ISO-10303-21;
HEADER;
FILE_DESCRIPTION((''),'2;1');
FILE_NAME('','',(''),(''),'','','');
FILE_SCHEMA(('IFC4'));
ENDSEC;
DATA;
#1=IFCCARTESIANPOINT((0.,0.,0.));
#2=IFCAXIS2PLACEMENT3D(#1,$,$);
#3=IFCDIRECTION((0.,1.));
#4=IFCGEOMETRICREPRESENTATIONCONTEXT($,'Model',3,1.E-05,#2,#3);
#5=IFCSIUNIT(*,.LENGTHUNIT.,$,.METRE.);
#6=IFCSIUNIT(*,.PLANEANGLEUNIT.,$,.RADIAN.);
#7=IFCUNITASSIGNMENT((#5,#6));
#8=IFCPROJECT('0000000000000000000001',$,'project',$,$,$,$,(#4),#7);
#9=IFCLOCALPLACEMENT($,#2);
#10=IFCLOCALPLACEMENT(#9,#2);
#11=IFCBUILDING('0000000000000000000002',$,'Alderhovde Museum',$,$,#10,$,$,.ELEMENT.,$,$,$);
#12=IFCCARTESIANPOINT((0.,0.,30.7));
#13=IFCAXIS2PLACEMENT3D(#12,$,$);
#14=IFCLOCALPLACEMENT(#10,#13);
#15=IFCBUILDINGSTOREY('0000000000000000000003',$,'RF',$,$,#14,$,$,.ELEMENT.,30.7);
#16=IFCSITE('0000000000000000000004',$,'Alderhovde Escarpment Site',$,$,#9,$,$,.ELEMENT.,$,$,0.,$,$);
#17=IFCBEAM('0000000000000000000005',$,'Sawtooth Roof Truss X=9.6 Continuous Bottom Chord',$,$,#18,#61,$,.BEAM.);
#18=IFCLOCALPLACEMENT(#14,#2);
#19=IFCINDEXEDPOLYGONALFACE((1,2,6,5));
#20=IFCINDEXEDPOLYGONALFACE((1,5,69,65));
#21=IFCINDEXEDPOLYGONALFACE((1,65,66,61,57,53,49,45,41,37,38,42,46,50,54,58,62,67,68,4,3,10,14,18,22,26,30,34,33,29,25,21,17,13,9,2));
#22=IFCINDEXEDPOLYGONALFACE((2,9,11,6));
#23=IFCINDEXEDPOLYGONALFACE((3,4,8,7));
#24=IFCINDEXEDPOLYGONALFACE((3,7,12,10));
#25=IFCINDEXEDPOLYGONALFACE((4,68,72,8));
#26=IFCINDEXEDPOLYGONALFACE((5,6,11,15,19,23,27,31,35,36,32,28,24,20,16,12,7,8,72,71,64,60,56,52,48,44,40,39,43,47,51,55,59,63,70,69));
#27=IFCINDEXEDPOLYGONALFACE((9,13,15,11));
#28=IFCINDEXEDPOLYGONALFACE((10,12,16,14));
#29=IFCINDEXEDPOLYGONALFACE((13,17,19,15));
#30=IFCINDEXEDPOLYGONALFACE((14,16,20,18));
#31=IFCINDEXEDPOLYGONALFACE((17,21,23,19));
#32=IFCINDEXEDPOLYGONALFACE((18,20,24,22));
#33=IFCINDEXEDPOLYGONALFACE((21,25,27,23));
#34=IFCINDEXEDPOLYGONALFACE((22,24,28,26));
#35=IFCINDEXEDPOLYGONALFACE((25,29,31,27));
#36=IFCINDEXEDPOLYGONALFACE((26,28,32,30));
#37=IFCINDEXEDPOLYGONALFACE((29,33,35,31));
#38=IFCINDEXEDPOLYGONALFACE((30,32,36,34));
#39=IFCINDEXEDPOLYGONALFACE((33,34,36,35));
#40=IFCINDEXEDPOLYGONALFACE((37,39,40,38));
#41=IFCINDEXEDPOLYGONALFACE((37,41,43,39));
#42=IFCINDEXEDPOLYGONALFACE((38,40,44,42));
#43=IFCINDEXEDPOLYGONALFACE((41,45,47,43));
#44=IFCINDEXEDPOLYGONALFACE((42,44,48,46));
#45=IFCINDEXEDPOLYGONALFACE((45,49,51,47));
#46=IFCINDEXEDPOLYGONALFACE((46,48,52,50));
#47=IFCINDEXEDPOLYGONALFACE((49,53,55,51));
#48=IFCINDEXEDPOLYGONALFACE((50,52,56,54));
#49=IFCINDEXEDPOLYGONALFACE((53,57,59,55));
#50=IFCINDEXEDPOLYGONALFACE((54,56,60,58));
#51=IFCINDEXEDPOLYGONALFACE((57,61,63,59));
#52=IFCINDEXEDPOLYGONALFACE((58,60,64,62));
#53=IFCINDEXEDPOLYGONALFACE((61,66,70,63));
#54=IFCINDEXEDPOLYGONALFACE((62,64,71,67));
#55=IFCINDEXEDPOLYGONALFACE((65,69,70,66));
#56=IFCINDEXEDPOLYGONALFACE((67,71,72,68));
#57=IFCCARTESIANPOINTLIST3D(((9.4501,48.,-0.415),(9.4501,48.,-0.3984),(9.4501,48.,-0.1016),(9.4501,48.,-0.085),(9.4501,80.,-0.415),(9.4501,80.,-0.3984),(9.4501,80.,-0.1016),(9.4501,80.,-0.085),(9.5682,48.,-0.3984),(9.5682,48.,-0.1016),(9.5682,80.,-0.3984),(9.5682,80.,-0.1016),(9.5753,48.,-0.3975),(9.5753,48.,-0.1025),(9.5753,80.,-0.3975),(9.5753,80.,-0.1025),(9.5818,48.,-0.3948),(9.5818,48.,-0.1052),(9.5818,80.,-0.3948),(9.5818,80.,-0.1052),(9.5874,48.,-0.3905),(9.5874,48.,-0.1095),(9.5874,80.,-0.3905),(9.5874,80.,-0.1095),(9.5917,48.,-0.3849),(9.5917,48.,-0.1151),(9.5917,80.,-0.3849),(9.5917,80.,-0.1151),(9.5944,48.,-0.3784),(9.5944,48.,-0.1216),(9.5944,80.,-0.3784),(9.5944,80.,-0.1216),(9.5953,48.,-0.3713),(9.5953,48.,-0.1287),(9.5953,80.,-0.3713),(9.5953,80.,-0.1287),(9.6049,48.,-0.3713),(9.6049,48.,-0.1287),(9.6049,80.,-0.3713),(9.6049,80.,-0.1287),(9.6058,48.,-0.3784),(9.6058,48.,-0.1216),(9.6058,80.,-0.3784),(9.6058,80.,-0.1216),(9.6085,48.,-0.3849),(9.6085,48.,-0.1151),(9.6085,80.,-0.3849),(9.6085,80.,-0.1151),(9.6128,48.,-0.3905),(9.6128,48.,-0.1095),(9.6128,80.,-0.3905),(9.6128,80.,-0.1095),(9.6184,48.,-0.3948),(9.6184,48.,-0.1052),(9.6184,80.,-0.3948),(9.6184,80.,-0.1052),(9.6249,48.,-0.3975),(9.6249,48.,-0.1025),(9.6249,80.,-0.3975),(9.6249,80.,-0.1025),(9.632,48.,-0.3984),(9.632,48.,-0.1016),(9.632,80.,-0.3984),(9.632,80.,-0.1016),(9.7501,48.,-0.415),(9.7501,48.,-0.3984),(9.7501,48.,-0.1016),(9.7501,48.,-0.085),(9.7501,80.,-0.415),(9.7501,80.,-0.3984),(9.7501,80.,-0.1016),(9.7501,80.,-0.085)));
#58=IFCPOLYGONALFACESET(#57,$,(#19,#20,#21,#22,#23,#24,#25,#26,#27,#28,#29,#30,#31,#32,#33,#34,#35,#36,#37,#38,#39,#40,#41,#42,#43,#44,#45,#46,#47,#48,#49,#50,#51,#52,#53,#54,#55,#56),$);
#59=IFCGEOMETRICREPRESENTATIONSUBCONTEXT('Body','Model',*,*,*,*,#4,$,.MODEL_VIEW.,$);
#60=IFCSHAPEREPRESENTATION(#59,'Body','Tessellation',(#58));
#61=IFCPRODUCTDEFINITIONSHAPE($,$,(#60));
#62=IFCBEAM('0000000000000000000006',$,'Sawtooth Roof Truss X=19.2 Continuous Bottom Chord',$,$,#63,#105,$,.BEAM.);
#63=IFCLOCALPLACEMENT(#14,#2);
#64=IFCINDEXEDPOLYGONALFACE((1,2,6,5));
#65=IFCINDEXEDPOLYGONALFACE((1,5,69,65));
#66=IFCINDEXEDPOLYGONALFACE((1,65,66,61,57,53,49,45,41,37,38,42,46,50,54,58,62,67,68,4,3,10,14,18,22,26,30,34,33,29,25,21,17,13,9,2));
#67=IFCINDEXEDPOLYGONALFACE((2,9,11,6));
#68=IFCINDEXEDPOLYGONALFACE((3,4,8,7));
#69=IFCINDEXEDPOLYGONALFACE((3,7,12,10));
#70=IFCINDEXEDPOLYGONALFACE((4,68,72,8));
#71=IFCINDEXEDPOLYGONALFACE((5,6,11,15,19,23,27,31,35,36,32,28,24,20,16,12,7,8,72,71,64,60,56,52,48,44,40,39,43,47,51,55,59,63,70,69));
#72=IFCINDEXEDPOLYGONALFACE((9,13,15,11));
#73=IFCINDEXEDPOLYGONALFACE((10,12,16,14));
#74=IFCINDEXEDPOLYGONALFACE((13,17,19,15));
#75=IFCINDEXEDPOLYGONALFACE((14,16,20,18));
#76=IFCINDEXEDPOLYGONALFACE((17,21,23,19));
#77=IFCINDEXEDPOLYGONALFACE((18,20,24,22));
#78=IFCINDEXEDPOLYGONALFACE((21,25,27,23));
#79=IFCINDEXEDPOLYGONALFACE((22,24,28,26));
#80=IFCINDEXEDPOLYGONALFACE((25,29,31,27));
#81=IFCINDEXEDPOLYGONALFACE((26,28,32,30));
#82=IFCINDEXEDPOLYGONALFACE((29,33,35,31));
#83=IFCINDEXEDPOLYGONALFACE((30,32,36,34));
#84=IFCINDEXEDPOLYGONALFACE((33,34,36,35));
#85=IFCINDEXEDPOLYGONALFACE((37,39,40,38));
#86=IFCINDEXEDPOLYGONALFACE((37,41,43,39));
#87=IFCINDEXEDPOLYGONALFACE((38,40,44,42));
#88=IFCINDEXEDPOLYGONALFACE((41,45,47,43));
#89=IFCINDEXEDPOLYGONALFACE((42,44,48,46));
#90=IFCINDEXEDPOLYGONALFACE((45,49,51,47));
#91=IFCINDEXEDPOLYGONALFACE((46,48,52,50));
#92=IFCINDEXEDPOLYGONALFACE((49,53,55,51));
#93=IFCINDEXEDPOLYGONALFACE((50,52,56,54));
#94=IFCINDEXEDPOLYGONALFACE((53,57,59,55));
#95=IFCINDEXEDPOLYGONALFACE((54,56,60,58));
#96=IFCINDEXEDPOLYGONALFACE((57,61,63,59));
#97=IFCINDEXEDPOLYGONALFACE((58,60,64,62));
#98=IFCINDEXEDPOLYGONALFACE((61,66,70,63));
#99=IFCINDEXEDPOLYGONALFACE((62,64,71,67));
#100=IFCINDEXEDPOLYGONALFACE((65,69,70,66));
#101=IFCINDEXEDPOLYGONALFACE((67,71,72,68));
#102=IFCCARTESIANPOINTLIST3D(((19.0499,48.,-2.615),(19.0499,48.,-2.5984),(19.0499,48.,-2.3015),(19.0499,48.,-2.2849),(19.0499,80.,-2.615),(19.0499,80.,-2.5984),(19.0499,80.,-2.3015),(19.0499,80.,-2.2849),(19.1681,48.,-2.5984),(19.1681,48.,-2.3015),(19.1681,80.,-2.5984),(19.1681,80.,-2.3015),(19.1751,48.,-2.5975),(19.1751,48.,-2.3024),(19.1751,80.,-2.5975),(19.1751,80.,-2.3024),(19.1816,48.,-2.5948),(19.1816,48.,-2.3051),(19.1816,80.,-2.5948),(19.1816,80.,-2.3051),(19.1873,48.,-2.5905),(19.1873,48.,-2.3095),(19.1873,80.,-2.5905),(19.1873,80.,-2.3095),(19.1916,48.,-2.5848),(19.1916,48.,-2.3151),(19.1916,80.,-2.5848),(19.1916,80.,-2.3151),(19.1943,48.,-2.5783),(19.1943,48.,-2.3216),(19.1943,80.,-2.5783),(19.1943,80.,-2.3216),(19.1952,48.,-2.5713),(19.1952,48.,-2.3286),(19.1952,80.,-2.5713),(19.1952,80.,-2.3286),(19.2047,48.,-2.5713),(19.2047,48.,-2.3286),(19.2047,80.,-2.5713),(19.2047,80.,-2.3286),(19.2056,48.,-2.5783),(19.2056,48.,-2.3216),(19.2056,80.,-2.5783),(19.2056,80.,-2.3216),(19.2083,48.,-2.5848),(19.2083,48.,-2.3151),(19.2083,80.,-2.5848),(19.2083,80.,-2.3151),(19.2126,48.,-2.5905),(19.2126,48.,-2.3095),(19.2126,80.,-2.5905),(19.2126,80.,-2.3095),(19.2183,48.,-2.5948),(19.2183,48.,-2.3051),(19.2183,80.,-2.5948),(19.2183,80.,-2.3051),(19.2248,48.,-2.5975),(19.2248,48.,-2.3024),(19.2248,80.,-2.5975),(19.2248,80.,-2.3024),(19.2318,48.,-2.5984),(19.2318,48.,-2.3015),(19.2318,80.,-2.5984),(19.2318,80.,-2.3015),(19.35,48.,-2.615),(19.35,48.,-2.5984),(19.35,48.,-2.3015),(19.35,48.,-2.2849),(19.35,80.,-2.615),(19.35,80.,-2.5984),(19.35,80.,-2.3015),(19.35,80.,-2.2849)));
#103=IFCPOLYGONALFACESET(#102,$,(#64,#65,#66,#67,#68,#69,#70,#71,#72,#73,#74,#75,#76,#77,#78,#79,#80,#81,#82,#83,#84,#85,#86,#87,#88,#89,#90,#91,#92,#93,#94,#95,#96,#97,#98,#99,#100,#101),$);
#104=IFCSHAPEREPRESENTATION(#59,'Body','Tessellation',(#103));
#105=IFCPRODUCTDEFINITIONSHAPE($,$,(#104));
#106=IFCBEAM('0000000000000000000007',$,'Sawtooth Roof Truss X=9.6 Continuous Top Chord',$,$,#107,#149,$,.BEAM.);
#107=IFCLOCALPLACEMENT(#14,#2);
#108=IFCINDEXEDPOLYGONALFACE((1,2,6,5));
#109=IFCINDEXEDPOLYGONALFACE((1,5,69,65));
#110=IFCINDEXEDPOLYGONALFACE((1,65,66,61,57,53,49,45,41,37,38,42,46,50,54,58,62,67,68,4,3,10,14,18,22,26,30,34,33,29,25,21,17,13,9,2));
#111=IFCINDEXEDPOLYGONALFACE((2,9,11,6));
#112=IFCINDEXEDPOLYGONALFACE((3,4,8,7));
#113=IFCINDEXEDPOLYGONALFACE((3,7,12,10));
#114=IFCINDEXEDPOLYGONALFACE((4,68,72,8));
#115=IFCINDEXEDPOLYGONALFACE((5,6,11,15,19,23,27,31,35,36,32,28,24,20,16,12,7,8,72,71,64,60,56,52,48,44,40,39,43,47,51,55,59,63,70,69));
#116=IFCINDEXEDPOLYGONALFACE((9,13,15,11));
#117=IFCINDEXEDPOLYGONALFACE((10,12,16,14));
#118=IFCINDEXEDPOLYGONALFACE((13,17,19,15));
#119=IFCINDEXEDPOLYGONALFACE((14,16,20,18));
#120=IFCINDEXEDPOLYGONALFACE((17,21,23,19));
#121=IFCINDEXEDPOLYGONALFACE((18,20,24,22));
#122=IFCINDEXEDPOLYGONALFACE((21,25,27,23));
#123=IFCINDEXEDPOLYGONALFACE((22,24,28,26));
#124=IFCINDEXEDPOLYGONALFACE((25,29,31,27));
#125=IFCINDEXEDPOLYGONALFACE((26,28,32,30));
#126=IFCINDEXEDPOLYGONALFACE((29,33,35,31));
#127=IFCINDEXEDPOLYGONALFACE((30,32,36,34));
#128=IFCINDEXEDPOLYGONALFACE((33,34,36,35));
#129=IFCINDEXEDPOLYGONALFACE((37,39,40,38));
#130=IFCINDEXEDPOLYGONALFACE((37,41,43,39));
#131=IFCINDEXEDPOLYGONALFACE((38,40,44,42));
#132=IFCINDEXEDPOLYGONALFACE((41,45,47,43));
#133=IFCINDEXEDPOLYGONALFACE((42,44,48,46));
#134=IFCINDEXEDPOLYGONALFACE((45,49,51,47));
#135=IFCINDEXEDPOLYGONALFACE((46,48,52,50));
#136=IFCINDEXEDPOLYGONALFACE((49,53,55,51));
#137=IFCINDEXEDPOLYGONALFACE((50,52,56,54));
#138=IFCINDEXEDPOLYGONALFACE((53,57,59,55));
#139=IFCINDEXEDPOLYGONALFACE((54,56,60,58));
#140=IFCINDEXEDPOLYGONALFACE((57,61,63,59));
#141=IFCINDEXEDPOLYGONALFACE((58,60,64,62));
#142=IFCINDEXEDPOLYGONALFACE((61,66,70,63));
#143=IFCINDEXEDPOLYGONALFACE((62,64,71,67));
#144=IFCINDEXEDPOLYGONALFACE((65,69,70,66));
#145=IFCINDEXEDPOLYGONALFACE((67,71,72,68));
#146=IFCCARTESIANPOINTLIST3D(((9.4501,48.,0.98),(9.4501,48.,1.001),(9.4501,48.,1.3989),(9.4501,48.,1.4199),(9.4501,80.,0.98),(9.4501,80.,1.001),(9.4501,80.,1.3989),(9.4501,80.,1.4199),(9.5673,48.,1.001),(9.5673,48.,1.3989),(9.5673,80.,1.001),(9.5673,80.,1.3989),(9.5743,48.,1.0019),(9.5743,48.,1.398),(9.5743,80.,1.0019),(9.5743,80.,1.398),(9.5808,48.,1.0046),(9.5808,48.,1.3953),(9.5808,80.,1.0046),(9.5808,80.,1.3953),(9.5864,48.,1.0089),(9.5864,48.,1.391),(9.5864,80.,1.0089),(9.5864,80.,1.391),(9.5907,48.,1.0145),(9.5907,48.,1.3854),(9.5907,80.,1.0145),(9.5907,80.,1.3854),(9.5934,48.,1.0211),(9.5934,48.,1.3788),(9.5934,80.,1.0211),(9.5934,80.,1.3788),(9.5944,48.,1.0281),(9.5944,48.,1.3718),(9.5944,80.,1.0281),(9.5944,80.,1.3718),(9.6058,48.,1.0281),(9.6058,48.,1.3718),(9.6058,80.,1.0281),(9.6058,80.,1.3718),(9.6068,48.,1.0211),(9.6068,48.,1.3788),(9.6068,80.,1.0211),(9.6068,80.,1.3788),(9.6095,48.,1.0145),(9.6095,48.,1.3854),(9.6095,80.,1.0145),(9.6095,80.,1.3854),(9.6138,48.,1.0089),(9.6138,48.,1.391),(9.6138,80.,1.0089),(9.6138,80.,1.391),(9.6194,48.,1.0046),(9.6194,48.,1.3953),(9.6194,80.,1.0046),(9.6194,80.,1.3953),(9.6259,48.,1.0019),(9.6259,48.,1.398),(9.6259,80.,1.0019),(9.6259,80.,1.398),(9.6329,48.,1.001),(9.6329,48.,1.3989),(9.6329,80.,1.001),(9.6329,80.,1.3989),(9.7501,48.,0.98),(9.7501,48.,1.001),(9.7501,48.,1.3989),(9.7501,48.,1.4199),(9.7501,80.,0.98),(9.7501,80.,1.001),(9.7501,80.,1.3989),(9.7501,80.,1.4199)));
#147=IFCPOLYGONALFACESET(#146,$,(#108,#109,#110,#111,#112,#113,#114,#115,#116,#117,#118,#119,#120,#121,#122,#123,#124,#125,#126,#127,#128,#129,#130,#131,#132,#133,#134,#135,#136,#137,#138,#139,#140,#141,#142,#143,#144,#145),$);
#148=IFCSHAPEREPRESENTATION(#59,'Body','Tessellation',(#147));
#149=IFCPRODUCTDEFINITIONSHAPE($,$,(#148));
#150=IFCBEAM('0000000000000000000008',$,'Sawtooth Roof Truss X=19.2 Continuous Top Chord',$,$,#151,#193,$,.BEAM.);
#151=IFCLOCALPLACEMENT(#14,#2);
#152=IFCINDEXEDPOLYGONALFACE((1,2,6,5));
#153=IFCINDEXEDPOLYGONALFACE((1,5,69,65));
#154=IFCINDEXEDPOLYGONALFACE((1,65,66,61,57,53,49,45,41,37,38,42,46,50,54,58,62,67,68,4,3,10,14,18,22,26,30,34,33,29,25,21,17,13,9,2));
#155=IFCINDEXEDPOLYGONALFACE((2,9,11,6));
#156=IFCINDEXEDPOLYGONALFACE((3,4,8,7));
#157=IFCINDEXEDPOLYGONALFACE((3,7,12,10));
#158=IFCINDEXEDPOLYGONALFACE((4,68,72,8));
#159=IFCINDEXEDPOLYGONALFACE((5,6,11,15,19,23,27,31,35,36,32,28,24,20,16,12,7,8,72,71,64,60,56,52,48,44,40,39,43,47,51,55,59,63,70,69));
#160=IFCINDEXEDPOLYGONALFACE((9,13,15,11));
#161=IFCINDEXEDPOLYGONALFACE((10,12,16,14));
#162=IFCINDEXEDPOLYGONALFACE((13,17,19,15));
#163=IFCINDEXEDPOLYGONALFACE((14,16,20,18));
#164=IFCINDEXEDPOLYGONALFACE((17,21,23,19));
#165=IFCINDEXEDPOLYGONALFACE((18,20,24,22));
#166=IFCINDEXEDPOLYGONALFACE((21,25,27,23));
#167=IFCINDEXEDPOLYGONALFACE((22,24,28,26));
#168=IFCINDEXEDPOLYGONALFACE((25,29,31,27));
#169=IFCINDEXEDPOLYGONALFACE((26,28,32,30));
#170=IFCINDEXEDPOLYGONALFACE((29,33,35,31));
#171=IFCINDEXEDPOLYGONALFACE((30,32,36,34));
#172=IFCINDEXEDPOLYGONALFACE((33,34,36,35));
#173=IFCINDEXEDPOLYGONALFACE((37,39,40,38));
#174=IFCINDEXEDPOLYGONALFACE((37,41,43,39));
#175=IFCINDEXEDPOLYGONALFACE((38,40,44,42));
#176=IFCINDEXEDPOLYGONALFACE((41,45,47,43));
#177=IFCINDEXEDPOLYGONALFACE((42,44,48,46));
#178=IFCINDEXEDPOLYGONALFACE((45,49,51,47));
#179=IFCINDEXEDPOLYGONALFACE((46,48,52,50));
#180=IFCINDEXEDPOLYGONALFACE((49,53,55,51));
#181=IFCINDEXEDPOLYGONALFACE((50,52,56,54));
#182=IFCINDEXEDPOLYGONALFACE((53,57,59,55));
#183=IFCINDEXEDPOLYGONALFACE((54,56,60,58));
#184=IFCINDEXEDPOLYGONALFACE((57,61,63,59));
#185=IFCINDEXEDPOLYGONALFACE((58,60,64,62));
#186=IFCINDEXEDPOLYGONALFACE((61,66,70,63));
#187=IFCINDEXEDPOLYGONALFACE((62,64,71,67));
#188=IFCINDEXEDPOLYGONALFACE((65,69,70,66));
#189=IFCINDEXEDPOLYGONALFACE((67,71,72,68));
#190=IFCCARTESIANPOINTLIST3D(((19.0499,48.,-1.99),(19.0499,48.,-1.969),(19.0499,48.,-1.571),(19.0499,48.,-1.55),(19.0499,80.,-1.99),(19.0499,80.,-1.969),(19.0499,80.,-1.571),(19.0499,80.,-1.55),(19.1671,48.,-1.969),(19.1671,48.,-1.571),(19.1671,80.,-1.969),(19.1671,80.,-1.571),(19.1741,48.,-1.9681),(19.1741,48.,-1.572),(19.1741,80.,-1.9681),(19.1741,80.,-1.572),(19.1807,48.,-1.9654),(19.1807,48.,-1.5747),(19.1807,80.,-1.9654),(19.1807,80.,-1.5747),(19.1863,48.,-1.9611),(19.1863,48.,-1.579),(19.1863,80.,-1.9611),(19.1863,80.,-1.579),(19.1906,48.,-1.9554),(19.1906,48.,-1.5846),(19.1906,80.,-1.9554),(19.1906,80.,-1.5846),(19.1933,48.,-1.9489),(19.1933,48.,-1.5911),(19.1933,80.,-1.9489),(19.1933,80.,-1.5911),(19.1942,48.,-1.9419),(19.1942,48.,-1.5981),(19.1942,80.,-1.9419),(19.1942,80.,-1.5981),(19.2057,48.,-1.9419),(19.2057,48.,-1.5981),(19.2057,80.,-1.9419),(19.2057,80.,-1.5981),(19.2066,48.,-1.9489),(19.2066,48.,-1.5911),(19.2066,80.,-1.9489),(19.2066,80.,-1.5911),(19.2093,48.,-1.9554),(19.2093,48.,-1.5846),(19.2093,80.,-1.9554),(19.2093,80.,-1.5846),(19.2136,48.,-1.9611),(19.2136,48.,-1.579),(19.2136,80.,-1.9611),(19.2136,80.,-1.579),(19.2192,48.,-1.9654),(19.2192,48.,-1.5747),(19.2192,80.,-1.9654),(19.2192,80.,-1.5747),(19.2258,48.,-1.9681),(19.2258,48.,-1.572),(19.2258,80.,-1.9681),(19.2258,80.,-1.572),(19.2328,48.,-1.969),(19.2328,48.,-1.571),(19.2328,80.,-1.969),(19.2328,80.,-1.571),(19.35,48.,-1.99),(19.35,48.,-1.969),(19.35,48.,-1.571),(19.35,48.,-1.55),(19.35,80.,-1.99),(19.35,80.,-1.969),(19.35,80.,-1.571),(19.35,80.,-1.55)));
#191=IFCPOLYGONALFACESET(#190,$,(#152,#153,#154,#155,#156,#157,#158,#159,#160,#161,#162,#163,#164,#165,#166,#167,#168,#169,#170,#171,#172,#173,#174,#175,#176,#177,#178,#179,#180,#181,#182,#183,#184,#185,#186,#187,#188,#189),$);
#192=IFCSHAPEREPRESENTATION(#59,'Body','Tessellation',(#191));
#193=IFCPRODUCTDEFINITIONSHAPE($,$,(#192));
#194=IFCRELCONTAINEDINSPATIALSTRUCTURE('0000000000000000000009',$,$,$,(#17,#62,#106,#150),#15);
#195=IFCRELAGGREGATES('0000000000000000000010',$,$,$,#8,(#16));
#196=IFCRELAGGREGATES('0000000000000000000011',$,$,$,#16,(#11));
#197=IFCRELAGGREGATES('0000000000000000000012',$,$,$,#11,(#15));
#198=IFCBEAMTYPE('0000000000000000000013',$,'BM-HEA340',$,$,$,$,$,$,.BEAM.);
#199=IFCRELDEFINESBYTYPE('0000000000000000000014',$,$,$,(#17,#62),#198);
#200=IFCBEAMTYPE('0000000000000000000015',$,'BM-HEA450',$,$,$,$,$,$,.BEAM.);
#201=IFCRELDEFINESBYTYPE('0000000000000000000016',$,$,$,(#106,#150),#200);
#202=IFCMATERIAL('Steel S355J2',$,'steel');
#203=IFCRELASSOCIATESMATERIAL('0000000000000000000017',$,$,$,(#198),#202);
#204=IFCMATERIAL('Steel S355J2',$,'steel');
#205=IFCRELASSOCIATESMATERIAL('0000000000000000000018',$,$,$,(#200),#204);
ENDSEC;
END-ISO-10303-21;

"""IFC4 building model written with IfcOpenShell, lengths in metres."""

from ifc_helpers import new_model, si_unit, direction, frame, origin, origin_2d, place, context, subcontext, project, spatial, i_section, extrude, material, material_profile, profile_set, type_object, element, save


model = new_model("IFC4")

# Units and contexts
model_context = context("Model", 3, precision=1e-05, world=origin(), true_north=direction((0.0, 1.0)))
body_context = subcontext(model_context, "Body", "Model", "MODEL_VIEW")
ifc_project = project(units=[si_unit("LENGTHUNIT", "METRE"), si_unit("PLANEANGLEUNIT", "RADIAN")], contexts=[model_context])

# Site, building, storey
site_placement = place(None, origin())
site = spatial("IfcSite", under=ifc_project, at=site_placement, Name="Alderhovde Escarpment Site", CompositionType="ELEMENT", RefElevation=0.0)
building_placement = place(site_placement, origin())
building = spatial("IfcBuilding", under=site, at=building_placement, Name="Alderhovde Museum", CompositionType="ELEMENT")
storey_placement = place(building_placement, frame((0.0, 0.0, 30.7)))
storey = spatial("IfcBuildingStorey", under=building, at=storey_placement, Name="RF", CompositionType="ELEMENT", Elevation=30.7)

# Beams
ifc_material_1 = material(Name="Steel S355J2", Category="steel")
ifc_material_profile_1 = material_profile(ifc_material_1, i_section(OverallWidth=0.3, OverallDepth=0.3301, WebThickness=0.0095, FlangeThickness=0.0166, FilletRadius=0.0271, at=origin_2d()), Name="HEA 340")
ifc_profile_set_1 = profile_set([ifc_material_profile_1], Name="Steel S355J2")
beam_type_1 = type_object("IfcBeamType", Name="BM-HEA340", PredefinedType="BEAM", material=ifc_profile_set_1)
for number, where, z_axis, x_axis, name in (
    (1, (9.6001, 48.0, -0.25), (0.0, 1.0, 0.0), (-1.0, 0.0, 0.0), "Sawtooth Roof Truss X=9.6 Continuous Bottom Chord"),
    (2, (19.2, 48.0, -2.45), (0.0, 1.0, 0.0), (-1.0, 0.0, 0.0), "Sawtooth Roof Truss X=19.2 Continuous Bottom Chord"),
):
    element("IfcBeam", number, at=place(storey_placement, frame(where, z_axis=z_axis, x_axis=x_axis)), inside=storey, type_object=beam_type_1, Name=name, PredefinedType="BEAM", context=body_context, shape_type="SweptSolid", body=[
        extrude(i_section(OverallWidth=0.3, OverallDepth=0.3301, WebThickness=0.0095, FlangeThickness=0.0166, FilletRadius=0.0271, at=origin_2d()), origin(), (0.0, 0.0, 1.0), 32.0),
    ])
ifc_material_2 = material(Name="Steel S355J2", Category="steel")
ifc_material_profile_2 = material_profile(ifc_material_2, i_section(OverallWidth=0.3, OverallDepth=0.4399, WebThickness=0.0115, FlangeThickness=0.021, FilletRadius=0.0271, at=origin_2d()), Name="HEA 450")
ifc_profile_set_2 = profile_set([ifc_material_profile_2], Name="Steel S355J2")
beam_type_2 = type_object("IfcBeamType", Name="BM-HEA450", PredefinedType="BEAM", material=ifc_profile_set_2)
for number, where, z_axis, x_axis, name in (
    (3, (9.6001, 48.0, 1.2), (0.0, 1.0, 0.0), (-1.0, 0.0, 0.0), "Sawtooth Roof Truss X=9.6 Continuous Top Chord"),
    (4, (19.2, 48.0, -1.77), (0.0, 1.0, 0.0), (-1.0, 0.0, 0.0), "Sawtooth Roof Truss X=19.2 Continuous Top Chord"),
):
    element("IfcBeam", number, at=place(storey_placement, frame(where, z_axis=z_axis, x_axis=x_axis)), inside=storey, type_object=beam_type_2, Name=name, PredefinedType="BEAM", context=body_context, shape_type="SweptSolid", body=[
        extrude(i_section(OverallWidth=0.3, OverallDepth=0.4399, WebThickness=0.0115, FlangeThickness=0.021, FilletRadius=0.0271, at=origin_2d()), origin(), (0.0, 0.0, 1.0), 32.0),
    ])

save(model, "model.ifc")
